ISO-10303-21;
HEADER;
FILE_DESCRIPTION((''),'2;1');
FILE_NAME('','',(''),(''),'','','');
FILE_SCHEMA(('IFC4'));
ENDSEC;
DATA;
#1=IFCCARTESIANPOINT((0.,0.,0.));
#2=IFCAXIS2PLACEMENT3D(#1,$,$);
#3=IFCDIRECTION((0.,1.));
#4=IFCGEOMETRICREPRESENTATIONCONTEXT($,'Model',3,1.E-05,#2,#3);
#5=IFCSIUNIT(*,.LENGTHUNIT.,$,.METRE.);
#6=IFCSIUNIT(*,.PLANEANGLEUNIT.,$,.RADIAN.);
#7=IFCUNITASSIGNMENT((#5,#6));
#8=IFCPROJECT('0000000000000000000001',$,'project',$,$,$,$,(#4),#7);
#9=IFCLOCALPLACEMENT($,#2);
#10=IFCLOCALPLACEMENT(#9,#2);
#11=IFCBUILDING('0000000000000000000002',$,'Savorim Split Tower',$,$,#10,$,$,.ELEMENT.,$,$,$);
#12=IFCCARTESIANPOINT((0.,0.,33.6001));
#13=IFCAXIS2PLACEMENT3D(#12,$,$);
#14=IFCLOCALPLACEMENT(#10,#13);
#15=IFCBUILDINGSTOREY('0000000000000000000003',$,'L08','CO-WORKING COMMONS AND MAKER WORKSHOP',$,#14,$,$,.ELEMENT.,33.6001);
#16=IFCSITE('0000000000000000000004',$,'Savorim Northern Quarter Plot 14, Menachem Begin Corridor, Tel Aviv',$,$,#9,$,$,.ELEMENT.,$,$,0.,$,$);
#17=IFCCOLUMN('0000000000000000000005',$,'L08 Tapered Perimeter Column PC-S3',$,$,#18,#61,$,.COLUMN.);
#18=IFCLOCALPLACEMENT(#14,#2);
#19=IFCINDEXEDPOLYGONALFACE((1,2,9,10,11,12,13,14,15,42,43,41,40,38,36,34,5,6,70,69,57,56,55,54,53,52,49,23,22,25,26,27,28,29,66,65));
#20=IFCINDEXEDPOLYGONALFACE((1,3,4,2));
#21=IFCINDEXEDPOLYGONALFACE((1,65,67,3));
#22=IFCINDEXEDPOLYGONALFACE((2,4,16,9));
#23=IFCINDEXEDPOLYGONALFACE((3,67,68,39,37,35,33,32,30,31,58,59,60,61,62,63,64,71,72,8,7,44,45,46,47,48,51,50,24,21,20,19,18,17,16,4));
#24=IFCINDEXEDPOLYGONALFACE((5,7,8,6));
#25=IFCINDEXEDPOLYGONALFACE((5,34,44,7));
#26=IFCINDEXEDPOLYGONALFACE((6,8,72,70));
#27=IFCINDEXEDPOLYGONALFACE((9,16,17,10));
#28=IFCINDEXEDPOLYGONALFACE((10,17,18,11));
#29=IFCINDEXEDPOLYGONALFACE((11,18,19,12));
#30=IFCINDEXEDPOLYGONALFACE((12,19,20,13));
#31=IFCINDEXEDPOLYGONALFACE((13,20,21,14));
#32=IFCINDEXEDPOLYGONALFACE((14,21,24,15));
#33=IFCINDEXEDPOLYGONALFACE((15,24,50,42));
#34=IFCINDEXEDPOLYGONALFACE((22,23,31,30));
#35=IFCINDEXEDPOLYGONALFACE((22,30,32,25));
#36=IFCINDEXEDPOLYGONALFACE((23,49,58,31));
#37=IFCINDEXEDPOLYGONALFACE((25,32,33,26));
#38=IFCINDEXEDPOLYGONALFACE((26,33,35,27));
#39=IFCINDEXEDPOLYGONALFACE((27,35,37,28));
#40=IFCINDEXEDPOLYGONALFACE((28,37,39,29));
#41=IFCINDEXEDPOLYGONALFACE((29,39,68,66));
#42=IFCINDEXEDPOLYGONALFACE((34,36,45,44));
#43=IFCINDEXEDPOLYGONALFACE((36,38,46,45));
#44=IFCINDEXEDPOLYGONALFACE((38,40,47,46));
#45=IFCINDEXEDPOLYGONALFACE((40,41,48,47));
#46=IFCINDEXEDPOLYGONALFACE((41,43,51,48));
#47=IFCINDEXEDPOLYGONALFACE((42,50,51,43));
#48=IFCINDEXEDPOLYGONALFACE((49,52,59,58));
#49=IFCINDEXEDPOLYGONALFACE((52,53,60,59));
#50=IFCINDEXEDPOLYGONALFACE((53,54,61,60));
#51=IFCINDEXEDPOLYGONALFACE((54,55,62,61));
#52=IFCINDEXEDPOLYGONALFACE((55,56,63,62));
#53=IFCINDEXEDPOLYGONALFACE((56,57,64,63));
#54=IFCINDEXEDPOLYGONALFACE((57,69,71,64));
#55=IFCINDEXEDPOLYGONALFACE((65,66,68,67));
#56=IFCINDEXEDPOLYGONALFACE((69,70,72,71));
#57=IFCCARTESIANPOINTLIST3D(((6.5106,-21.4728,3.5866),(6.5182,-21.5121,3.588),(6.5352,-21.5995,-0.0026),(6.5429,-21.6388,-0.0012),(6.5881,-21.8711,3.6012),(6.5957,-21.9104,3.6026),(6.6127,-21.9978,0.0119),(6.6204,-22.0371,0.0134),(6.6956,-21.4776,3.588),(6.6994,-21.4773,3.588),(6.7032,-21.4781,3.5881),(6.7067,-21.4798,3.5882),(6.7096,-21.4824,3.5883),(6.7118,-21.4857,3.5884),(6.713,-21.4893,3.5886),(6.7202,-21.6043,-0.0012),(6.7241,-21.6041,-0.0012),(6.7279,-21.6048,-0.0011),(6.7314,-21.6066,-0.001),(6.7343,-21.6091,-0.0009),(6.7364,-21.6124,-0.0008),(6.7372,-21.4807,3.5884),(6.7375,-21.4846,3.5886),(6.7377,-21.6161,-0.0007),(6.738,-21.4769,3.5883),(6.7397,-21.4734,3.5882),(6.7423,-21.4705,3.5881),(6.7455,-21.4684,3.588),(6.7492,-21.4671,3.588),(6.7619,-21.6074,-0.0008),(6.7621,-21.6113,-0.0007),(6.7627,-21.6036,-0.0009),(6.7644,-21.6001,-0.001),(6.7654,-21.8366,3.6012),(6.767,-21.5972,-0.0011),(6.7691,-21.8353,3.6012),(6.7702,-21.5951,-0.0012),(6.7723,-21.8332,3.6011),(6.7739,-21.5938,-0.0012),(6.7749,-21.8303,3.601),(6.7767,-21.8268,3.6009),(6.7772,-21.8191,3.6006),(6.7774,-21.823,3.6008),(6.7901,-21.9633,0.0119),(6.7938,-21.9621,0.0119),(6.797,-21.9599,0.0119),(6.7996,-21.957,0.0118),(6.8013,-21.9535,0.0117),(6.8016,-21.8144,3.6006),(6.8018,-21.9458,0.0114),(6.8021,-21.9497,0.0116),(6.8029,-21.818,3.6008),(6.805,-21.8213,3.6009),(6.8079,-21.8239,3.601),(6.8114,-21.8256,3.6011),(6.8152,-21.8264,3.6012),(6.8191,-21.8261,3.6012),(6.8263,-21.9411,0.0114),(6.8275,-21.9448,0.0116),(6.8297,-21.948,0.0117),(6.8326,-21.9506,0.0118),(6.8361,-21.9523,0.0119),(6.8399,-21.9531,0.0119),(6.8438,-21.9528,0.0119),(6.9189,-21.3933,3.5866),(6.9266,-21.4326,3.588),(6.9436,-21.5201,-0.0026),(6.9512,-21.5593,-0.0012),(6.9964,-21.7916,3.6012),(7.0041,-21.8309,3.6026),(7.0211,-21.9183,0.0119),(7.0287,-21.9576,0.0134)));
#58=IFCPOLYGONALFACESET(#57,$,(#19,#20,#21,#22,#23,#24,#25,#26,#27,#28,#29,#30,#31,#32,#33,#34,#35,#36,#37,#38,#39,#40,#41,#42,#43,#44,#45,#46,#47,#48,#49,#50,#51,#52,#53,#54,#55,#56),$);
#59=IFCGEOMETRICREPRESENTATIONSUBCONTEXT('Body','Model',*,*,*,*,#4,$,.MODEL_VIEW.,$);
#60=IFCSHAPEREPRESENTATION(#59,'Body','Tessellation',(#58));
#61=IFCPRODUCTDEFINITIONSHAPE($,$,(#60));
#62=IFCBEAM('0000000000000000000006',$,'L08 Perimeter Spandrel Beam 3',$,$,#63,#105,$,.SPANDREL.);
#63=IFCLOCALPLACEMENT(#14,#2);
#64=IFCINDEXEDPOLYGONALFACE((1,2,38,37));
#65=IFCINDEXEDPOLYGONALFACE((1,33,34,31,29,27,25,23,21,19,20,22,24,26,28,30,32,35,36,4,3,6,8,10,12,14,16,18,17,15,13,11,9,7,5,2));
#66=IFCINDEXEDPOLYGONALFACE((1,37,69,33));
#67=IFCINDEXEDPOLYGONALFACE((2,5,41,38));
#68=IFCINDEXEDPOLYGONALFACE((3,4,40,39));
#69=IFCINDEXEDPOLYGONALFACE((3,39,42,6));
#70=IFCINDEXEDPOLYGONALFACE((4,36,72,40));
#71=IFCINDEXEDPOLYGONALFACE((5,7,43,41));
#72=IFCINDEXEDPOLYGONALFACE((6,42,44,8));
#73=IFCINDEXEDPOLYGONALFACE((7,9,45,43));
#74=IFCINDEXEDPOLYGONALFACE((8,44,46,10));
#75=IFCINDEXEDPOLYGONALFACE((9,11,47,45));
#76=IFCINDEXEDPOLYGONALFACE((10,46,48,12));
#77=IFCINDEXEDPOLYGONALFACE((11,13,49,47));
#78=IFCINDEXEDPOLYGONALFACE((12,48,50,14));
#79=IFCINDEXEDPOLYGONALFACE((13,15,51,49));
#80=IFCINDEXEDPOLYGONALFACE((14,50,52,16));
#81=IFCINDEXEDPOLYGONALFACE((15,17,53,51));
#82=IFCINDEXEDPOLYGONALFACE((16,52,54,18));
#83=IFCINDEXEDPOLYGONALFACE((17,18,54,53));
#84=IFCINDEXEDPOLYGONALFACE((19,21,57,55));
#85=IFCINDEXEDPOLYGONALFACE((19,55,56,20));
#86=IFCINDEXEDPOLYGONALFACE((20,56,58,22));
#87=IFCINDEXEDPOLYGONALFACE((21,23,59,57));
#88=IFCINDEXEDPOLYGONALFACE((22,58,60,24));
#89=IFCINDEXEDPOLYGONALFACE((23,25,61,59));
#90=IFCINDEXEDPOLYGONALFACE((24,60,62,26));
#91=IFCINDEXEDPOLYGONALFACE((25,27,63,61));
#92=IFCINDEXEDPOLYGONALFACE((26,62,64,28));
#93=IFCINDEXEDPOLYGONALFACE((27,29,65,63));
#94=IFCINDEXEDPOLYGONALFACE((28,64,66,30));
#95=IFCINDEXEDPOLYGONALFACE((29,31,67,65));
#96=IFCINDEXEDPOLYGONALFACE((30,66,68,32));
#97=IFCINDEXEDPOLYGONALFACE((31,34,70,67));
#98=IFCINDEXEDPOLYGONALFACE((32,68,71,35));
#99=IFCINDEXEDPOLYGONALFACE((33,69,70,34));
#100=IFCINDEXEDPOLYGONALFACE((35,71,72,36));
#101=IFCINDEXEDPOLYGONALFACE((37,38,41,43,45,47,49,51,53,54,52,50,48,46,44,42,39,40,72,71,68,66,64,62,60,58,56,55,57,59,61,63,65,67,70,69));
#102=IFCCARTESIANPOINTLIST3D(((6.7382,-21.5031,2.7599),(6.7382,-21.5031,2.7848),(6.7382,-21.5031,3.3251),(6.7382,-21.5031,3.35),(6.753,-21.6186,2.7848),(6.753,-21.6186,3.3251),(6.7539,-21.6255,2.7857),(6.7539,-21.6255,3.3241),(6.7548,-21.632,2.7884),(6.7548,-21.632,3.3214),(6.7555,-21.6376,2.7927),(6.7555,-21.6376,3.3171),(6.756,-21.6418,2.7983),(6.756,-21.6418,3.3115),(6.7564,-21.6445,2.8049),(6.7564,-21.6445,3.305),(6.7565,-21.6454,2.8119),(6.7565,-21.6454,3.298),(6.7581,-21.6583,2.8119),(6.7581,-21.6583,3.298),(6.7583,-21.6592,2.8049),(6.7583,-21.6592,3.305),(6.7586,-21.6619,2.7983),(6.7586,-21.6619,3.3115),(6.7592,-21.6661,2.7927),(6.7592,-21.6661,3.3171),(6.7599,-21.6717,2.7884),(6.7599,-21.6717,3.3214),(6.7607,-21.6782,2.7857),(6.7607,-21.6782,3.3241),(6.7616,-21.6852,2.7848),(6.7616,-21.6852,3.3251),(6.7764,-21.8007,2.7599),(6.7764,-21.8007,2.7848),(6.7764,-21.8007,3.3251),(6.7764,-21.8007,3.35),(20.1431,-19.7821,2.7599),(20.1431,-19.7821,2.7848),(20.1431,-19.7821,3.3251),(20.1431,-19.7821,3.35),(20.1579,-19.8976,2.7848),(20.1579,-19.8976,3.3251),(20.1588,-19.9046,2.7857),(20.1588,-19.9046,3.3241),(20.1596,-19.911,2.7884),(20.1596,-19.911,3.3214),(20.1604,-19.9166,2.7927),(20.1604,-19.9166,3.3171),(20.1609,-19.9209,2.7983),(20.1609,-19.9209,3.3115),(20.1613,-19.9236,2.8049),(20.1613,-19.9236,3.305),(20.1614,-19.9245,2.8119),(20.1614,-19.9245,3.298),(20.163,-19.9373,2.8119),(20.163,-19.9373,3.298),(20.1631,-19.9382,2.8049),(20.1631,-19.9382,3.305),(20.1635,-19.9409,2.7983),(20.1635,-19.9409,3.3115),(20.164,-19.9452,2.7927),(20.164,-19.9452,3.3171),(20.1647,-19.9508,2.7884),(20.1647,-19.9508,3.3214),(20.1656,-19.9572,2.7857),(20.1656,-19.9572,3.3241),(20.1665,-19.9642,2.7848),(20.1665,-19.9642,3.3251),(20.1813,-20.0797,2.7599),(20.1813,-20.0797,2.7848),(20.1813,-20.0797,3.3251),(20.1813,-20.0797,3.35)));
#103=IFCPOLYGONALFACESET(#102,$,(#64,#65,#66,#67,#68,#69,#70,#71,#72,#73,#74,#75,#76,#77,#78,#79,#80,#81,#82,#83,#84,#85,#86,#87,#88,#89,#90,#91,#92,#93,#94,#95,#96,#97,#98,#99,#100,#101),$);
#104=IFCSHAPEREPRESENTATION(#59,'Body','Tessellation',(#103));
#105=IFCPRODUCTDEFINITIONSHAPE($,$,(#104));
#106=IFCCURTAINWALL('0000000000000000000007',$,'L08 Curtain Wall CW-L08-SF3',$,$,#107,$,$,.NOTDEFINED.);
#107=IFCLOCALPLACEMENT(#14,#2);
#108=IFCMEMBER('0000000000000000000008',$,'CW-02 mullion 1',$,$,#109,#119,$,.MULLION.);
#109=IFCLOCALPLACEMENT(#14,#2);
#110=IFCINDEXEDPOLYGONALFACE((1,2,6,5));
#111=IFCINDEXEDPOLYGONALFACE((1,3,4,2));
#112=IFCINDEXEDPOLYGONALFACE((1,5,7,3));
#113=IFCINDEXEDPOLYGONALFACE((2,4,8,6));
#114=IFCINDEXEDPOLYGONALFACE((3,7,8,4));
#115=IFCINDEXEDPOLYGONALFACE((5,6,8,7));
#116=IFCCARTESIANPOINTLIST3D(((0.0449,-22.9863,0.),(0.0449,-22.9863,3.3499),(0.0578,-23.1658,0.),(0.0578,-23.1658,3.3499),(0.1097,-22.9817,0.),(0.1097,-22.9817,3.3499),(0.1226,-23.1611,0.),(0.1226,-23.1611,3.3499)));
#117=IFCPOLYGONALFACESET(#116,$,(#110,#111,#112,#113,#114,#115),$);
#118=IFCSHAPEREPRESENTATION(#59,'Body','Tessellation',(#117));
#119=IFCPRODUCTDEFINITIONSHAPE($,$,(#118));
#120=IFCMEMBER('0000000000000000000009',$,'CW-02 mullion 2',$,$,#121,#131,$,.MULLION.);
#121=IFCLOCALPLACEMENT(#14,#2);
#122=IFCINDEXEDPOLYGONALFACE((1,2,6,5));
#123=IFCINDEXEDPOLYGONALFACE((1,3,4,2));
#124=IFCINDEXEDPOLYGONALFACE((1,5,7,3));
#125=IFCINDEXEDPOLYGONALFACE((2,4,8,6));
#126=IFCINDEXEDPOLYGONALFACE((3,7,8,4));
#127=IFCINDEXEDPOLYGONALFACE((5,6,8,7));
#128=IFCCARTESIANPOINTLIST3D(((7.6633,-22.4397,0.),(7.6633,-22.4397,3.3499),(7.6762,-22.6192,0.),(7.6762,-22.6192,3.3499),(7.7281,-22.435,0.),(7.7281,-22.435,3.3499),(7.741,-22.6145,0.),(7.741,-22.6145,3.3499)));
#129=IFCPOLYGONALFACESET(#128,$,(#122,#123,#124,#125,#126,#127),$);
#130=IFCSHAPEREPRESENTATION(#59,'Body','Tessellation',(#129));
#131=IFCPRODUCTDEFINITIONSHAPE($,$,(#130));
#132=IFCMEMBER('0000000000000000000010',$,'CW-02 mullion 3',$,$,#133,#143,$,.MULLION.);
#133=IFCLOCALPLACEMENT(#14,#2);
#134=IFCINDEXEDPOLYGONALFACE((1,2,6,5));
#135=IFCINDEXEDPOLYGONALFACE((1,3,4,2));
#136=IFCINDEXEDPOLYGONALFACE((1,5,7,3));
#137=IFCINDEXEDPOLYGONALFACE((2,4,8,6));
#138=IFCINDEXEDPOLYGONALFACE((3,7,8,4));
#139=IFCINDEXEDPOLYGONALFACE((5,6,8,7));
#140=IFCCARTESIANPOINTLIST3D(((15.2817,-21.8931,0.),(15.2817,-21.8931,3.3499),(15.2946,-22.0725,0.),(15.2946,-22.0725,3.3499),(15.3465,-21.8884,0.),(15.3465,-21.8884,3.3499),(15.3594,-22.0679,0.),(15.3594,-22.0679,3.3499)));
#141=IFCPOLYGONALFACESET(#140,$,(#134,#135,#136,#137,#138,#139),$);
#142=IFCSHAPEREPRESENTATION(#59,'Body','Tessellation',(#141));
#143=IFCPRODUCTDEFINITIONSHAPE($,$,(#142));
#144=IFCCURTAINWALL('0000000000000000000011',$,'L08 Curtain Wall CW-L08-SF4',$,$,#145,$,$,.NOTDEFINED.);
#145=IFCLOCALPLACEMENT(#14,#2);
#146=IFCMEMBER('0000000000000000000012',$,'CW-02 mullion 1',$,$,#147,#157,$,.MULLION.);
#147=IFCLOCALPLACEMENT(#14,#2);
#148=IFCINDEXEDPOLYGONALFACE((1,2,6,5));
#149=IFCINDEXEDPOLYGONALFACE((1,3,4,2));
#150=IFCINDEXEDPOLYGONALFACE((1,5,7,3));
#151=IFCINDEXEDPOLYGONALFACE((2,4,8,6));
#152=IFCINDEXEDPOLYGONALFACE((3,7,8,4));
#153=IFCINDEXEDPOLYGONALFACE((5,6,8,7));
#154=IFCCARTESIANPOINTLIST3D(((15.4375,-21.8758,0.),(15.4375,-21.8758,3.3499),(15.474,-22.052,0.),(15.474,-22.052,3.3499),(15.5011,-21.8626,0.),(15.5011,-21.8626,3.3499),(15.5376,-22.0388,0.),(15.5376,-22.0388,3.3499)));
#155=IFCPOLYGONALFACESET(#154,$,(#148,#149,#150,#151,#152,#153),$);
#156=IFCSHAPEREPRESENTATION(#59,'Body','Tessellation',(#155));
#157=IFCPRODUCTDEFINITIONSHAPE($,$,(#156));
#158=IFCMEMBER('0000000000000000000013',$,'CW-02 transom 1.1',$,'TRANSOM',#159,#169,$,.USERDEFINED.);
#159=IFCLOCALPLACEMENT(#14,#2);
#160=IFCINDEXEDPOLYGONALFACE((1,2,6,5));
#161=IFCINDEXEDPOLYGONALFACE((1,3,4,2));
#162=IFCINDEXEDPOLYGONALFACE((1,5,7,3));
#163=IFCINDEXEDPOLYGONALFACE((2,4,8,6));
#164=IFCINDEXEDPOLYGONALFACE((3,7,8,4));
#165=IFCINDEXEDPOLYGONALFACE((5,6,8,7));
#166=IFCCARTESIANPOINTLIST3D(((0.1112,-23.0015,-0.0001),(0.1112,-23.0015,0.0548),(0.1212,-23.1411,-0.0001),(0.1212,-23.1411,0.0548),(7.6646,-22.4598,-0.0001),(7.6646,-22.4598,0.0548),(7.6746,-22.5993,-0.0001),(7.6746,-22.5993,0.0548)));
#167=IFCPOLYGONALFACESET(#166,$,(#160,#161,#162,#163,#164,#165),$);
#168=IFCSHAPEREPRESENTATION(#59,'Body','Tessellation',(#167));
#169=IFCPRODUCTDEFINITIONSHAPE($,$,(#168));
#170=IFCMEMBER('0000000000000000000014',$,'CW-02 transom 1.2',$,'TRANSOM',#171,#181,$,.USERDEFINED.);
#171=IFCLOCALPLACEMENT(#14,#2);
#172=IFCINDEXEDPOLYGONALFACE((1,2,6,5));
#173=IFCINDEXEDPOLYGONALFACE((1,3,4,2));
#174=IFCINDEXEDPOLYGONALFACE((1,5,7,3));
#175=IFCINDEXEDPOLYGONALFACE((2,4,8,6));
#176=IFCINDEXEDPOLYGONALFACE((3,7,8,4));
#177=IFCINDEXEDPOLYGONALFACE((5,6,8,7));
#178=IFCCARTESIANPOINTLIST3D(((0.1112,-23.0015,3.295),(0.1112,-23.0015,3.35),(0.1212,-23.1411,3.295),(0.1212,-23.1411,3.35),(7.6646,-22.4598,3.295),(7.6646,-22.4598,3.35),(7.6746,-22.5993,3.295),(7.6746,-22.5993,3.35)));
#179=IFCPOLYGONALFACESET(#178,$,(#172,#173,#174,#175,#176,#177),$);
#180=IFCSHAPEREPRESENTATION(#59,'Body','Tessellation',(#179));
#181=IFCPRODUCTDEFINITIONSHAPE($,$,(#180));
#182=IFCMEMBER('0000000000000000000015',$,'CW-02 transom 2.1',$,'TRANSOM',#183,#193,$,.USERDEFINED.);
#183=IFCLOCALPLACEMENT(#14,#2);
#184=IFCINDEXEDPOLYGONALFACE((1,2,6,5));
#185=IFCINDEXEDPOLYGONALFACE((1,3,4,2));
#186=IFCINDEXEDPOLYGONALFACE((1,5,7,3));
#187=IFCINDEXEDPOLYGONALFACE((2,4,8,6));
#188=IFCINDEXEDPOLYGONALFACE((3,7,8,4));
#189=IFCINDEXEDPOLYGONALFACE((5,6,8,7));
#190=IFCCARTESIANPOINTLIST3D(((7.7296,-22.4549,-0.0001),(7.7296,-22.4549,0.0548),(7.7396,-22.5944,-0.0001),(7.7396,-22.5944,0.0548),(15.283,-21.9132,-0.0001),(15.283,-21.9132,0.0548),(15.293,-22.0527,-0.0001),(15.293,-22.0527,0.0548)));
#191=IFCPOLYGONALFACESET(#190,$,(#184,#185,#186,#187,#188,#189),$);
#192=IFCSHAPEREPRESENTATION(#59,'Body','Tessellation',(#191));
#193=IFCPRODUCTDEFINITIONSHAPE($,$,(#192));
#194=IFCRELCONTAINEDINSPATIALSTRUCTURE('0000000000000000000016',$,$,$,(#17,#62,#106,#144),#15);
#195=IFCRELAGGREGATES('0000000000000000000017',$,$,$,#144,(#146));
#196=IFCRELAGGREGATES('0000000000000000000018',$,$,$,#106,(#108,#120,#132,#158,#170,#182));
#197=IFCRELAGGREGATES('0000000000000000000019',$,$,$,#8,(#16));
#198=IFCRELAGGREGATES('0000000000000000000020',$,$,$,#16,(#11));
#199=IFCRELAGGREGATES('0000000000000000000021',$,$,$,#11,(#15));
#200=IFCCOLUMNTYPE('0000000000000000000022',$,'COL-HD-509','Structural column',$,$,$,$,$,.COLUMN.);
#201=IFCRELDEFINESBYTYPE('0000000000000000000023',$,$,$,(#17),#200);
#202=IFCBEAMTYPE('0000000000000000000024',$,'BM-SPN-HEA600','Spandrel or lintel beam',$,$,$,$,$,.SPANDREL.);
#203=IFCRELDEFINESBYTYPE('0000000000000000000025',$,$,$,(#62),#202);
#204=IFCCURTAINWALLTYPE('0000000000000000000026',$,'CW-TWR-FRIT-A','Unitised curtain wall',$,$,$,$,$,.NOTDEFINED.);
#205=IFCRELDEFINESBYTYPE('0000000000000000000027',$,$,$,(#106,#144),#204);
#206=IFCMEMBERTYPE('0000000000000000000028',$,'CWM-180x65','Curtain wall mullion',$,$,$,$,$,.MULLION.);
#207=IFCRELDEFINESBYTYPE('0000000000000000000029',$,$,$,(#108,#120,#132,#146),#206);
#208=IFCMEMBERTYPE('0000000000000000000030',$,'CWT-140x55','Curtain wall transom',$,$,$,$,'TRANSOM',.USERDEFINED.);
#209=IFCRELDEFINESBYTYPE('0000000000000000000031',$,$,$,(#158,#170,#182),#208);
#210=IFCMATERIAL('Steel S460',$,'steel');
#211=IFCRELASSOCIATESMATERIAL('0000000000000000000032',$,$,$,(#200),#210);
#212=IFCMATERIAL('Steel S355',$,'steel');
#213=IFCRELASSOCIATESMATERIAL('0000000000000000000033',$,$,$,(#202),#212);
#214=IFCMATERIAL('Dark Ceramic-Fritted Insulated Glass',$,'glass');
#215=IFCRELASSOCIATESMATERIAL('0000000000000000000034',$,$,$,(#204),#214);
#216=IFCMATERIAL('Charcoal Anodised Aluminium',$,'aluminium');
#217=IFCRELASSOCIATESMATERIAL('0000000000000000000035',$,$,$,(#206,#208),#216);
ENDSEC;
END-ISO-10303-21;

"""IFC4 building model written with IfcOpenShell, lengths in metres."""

from ifc_helpers import new_model, si_unit, direction, frame, origin, origin_2d, place, context, subcontext, project, spatial, rectangle, i_section, extrude, material, material_profile, profile_set, type_object, element, aggregate, save


model = new_model("IFC4")

# Units and contexts
model_context = context("Model", 3, precision=1e-05, world=origin(), true_north=direction((0.0, 1.0)))
body_context = subcontext(model_context, "Body", "Model", "MODEL_VIEW")
ifc_project = project(units=[si_unit("LENGTHUNIT", "METRE"), si_unit("PLANEANGLEUNIT", "RADIAN")], contexts=[model_context])

# Site, building, storey
site_placement = place(None, origin())
site = spatial("IfcSite", under=ifc_project, at=site_placement, Name="Savorim Northern Quarter Plot 14, Menachem Begin Corridor, Tel Aviv", CompositionType="ELEMENT", RefElevation=0.0)
building_placement = place(site_placement, origin())
building = spatial("IfcBuilding", under=site, at=building_placement, Name="Savorim Split Tower", CompositionType="ELEMENT")
storey_placement = place(building_placement, frame((0.0, 0.0, 33.6001)))
storey = spatial("IfcBuildingStorey", under=building, at=storey_placement, Name="L08", Description="CO-WORKING COMMONS AND MAKER WORKSHOP", CompositionType="ELEMENT", Elevation=33.6001)

# Column
ifc_material_1 = material(Name="Steel S460", Category="steel")
ifc_material_profile_1 = material_profile(ifc_material_1, i_section(OverallWidth=0.416, OverallDepth=0.446, WebThickness=0.0249, FlangeThickness=0.04, FilletRadius=0.0149, at=origin_2d()), Name="HD 400x509")
ifc_profile_set_1 = profile_set([ifc_material_profile_1], Name="Steel S460")
column_type = type_object("IfcColumnType", Name="COL-HD-509", Description="Structural column", PredefinedType="COLUMN", material=ifc_profile_set_1)
column_placement = place(storey_placement, frame((6.782, -21.7786, 0.0054), z_axis=(-0.006866, 0.035281, 0.999354), x_axis=(-0.981586, -0.191022, 0.0)))
element("IfcColumn", 1, at=column_placement, inside=storey, type_object=column_type, Name="L08 Tapered Perimeter Column PC-S3", PredefinedType="COLUMN", context=body_context, shape_type="SweptSolid", body=[
    extrude(i_section(OverallWidth=0.416, OverallDepth=0.446, WebThickness=0.0249, FlangeThickness=0.04, FilletRadius=0.0149, at=origin_2d()), origin(), (0.0, 0.0, 1.0), 3.5916),
])

# Beam
ifc_material_2 = material(Name="Steel S355", Category="steel")
ifc_material_profile_2 = material_profile(ifc_material_2, i_section(OverallWidth=0.3, OverallDepth=0.5901, WebThickness=0.0129, FlangeThickness=0.0249, FilletRadius=0.0271, at=origin_2d()), Name="HEA 600")
ifc_profile_set_2 = profile_set([ifc_material_profile_2], Name="Steel S355")
beam_type = type_object("IfcBeamType", Name="BM-SPN-HEA600", Description="Spandrel or lintel beam", PredefinedType="SPANDREL", material=ifc_profile_set_2)
beam_placement = place(storey_placement, frame((6.7573, -21.6519, 3.0549), z_axis=(0.991859, 0.127338, 0.0), x_axis=(-0.127338, 0.991859, 0.0)))
element("IfcBeam", 2, at=beam_placement, inside=storey, type_object=beam_type, Name="L08 Perimeter Spandrel Beam 3", PredefinedType="SPANDREL", context=body_context, shape_type="SweptSolid", body=[
    extrude(i_section(OverallWidth=0.3, OverallDepth=0.5901, WebThickness=0.0129, FlangeThickness=0.0249, FilletRadius=0.0271, at=origin_2d()), origin(), (0.0, 0.0, 1.0), 13.5149),
])

# Curtain wall, members
ifc_material_3 = material(Name="Dark Ceramic-Fritted Insulated Glass", Category="glass")
curtain_wall_type = type_object("IfcCurtainWallType", Name="CW-TWR-FRIT-A", Description="Unitised curtain wall", PredefinedType="NOTDEFINED", material=ifc_material_3)
curtain_wall_1_placement = place(storey_placement, origin())
curtain_wall_1 = element("IfcCurtainWall", 3, at=curtain_wall_1_placement, inside=storey, type_object=curtain_wall_type, Name="L08 Curtain Wall CW-L08-SF3", PredefinedType="NOTDEFINED")
ifc_material_4 = material(Name="Charcoal Anodised Aluminium", Category="aluminium")
ifc_material_profile_3 = material_profile(ifc_material_4, rectangle(XDim=0.1799, YDim=0.0649, at=origin_2d()), Name="ALU-M 180x65")
ifc_profile_set_3 = profile_set([ifc_material_profile_3], Name="Charcoal Anodised Aluminium")
member_type_1 = type_object("IfcMemberType", Name="CWM-180x65", Description="Curtain wall mullion", PredefinedType="MULLION", material=ifc_profile_set_3)
member_1_placement = place(storey_placement, frame((0.0837, -23.0737, 0.0), z_axis=(0.0, 0.0, 1.0), x_axis=(-0.07156, 0.997436, 0.0)))
member_1 = element("IfcMember", 4, at=member_1_placement, type_object=member_type_1, Name="CW-02 mullion 1", PredefinedType="MULLION", context=body_context, shape_type="SweptSolid", body=[
    extrude(rectangle(XDim=0.1799, YDim=0.0649, at=origin_2d()), origin(), (0.0, 0.0, 1.0), 3.3499),
])
member_2_placement = place(storey_placement, frame((7.7021, -22.5271, 0.0), z_axis=(0.0, 0.0, 1.0), x_axis=(-0.07156, 0.997436, 0.0)))
member_2 = element("IfcMember", 5, at=member_2_placement, type_object=member_type_1, Name="CW-02 mullion 2", PredefinedType="MULLION", context=body_context, shape_type="SweptSolid", body=[
    extrude(rectangle(XDim=0.1799, YDim=0.0649, at=origin_2d()), origin(), (0.0, 0.0, 1.0), 3.3499),
])
member_3_placement = place(storey_placement, frame((15.3206, -21.9805, 0.0), z_axis=(0.0, 0.0, 1.0), x_axis=(-0.07156, 0.997436, 0.0)))
member_3 = element("IfcMember", 6, at=member_3_placement, type_object=member_type_1, Name="CW-02 mullion 3", PredefinedType="MULLION", context=body_context, shape_type="SweptSolid", body=[
    extrude(rectangle(XDim=0.1799, YDim=0.0649, at=origin_2d()), origin(), (0.0, 0.0, 1.0), 3.3499),
])

# Curtain wall, member
curtain_wall_2_placement = place(storey_placement, origin())
curtain_wall_2 = element("IfcCurtainWall", 7, at=curtain_wall_2_placement, inside=storey, type_object=curtain_wall_type, Name="L08 Curtain Wall CW-L08-SF4", PredefinedType="NOTDEFINED")
member_4_placement = place(storey_placement, frame((15.4875, -21.9573, 0.0), z_axis=(0.0, 0.0, 1.0), x_axis=(-0.20321, 0.979135, 0.0)))
member_4 = element("IfcMember", 8, at=member_4_placement, type_object=member_type_1, Name="CW-02 mullion 1", PredefinedType="MULLION", context=body_context, shape_type="SweptSolid", body=[
    extrude(rectangle(XDim=0.1799, YDim=0.0649, at=origin_2d()), origin(), (0.0, 0.0, 1.0), 3.3499),
])
aggregate(curtain_wall_2, [member_4])

# Members
ifc_material_profile_4 = material_profile(ifc_material_4, rectangle(XDim=0.1399, YDim=0.0549, at=origin_2d()), Name="ALU-T 140x55")
ifc_profile_set_4 = profile_set([ifc_material_profile_4], Name="Charcoal Anodised Aluminium")
member_type_2 = type_object("IfcMemberType", Name="CWT-140x55", Description="Curtain wall transom", ElementType="TRANSOM", PredefinedType="USERDEFINED", material=ifc_profile_set_4)
member_5_placement = place(storey_placement, frame((0.1162, -23.0713, 0.0273), z_axis=(0.997438, 0.071538, 0.0), x_axis=(-0.071538, 0.997438, 0.0)))
member_5 = element("IfcMember", 9, at=member_5_placement, type_object=member_type_2, Name="CW-02 transom 1.1", ObjectType="TRANSOM", PredefinedType="USERDEFINED", context=body_context, shape_type="SweptSolid", body=[
    extrude(rectangle(XDim=0.1399, YDim=0.0549, at=origin_2d()), origin(), (0.0, 0.0, 1.0), 7.5728),
])
member_6_placement = place(storey_placement, frame((0.1162, -23.0713, 3.3225), z_axis=(0.997438, 0.071538, 0.0), x_axis=(-0.071538, 0.997438, 0.0)))
member_6 = element("IfcMember", 10, at=member_6_placement, type_object=member_type_2, Name="CW-02 transom 1.2", ObjectType="TRANSOM", PredefinedType="USERDEFINED", context=body_context, shape_type="SweptSolid", body=[
    extrude(rectangle(XDim=0.1399, YDim=0.0549, at=origin_2d()), origin(), (0.0, 0.0, 1.0), 7.5728),
])
member_7_placement = place(storey_placement, frame((7.7346, -22.5247, 0.0273), z_axis=(0.997438, 0.071538, 0.0), x_axis=(-0.071538, 0.997438, 0.0)))
member_7 = element("IfcMember", 11, at=member_7_placement, type_object=member_type_2, Name="CW-02 transom 2.1", ObjectType="TRANSOM", PredefinedType="USERDEFINED", context=body_context, shape_type="SweptSolid", body=[
    extrude(rectangle(XDim=0.1399, YDim=0.0549, at=origin_2d()), origin(), (0.0, 0.0, 1.0), 7.5728),
])

aggregate(curtain_wall_1, [member_1, member_2, member_3, member_5, member_6, member_7])

save(model, "model.ifc")
